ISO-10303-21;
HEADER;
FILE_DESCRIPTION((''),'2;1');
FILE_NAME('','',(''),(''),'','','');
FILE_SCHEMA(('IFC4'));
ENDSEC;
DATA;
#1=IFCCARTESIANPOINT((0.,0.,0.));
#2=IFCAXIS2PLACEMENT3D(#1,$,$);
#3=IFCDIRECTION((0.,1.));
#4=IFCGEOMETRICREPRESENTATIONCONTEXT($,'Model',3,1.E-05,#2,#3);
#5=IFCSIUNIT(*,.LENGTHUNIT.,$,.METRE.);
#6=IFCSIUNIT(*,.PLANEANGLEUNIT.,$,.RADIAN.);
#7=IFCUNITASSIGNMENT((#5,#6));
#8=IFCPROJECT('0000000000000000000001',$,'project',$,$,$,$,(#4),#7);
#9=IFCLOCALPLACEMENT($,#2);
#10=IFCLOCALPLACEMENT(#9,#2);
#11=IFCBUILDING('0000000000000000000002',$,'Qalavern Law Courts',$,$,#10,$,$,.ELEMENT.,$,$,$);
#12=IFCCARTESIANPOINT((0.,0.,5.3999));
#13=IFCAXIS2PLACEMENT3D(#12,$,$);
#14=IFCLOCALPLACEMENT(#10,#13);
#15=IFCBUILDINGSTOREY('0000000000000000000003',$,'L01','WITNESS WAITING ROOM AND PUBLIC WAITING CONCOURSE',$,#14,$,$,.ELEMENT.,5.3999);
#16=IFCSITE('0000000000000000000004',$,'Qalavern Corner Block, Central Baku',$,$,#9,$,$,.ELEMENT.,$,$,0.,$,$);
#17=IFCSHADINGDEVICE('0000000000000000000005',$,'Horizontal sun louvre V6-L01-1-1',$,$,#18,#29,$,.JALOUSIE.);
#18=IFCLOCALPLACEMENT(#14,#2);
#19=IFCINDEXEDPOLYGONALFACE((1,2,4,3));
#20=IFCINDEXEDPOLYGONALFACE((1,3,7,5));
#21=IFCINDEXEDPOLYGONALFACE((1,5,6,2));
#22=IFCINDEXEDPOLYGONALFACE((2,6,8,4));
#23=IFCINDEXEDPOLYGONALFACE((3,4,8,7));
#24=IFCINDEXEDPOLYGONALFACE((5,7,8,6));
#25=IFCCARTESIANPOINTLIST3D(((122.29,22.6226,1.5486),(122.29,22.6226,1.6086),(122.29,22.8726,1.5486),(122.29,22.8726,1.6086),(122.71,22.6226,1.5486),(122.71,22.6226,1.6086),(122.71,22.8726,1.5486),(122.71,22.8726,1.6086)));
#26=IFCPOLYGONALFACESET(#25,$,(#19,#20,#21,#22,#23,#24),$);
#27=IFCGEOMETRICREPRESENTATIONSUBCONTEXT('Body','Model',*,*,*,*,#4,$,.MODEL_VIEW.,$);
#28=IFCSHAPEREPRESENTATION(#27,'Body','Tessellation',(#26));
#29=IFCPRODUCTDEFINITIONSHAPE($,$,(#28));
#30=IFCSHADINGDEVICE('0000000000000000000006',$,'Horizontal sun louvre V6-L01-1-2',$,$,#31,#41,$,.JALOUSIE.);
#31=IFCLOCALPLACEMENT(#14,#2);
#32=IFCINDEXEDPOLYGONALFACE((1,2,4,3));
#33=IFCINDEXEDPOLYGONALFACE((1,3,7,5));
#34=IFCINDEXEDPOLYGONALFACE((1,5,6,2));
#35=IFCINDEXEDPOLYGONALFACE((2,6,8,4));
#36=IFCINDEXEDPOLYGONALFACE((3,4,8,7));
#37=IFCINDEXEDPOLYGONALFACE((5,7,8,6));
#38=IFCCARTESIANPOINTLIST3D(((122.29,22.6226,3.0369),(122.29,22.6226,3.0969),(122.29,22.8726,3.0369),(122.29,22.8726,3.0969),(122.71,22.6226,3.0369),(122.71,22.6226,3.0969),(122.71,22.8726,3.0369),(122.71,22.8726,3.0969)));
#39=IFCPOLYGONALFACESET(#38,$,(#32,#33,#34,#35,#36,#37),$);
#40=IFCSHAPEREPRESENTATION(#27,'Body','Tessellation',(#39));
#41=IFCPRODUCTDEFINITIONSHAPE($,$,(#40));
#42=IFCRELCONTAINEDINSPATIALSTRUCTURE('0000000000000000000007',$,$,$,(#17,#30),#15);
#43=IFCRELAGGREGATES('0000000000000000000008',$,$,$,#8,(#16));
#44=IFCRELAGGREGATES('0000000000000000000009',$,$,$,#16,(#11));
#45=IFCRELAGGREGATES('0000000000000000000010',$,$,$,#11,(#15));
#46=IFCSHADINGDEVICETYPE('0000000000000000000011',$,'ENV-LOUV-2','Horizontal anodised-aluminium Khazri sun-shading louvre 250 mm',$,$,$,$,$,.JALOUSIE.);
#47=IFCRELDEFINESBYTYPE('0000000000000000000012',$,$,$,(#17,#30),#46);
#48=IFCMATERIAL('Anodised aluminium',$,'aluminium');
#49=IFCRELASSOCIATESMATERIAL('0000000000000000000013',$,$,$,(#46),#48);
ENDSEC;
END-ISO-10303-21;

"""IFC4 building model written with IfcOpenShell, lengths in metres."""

from ifc_helpers import new_model, si_unit, direction, frame, origin, origin_2d, place, context, subcontext, project, spatial, rectangle, extrude, material, type_object, element, save


model = new_model("IFC4")

# Units and contexts
model_context = context("Model", 3, precision=1e-05, world=origin(), true_north=direction((0.0, 1.0)))
body_context = subcontext(model_context, "Body", "Model", "MODEL_VIEW")
ifc_project = project(units=[si_unit("LENGTHUNIT", "METRE"), si_unit("PLANEANGLEUNIT", "RADIAN")], contexts=[model_context])

# Site, building, storey
site_placement = place(None, origin())
site = spatial("IfcSite", under=ifc_project, at=site_placement, Name="Qalavern Corner Block, Central Baku", CompositionType="ELEMENT", RefElevation=0.0)
building_placement = place(site_placement, origin())
building = spatial("IfcBuilding", under=site, at=building_placement, Name="Qalavern Law Courts", CompositionType="ELEMENT")
storey_placement = place(building_placement, frame((0.0, 0.0, 5.3999)))
storey = spatial("IfcBuildingStorey", under=building, at=storey_placement, Name="L01", Description="WITNESS WAITING ROOM AND PUBLIC WAITING CONCOURSE", CompositionType="ELEMENT", Elevation=5.3999)

# Shading devices
ifc_material_1 = material(Name="Anodised aluminium", Category="aluminium")
shading_device_type_1 = type_object("IfcShadingDeviceType", Name="ENV-LOUV-2", Description="Horizontal anodised-aluminium Khazri sun-shading louvre 250 mm", PredefinedType="JALOUSIE", material=ifc_material_1)
for number, where, z_axis, x_axis, name in (
    (1, (122.5, 22.7476, 1.5486), (0.0, 0.0, 1.0), (-1.0, 0.0, 0.0), "Horizontal sun louvre V6-L01-1-1"),
    (2, (122.5, 22.7476, 3.0369), (0.0, 0.0, 1.0), (-1.0, 0.0, 0.0), "Horizontal sun louvre V6-L01-1-2"),
):
    element("IfcShadingDevice", number, at=place(storey_placement, frame(where, z_axis=z_axis, x_axis=x_axis)), inside=storey, type_object=shading_device_type_1, Name=name, PredefinedType="JALOUSIE", context=body_context, shape_type="SweptSolid", body=[
        extrude(rectangle(XDim=0.4199, YDim=0.25, at=origin_2d()), origin(), (0.0, 0.0, 1.0), 0.0601),
    ])

save(model, "model.ifc")
